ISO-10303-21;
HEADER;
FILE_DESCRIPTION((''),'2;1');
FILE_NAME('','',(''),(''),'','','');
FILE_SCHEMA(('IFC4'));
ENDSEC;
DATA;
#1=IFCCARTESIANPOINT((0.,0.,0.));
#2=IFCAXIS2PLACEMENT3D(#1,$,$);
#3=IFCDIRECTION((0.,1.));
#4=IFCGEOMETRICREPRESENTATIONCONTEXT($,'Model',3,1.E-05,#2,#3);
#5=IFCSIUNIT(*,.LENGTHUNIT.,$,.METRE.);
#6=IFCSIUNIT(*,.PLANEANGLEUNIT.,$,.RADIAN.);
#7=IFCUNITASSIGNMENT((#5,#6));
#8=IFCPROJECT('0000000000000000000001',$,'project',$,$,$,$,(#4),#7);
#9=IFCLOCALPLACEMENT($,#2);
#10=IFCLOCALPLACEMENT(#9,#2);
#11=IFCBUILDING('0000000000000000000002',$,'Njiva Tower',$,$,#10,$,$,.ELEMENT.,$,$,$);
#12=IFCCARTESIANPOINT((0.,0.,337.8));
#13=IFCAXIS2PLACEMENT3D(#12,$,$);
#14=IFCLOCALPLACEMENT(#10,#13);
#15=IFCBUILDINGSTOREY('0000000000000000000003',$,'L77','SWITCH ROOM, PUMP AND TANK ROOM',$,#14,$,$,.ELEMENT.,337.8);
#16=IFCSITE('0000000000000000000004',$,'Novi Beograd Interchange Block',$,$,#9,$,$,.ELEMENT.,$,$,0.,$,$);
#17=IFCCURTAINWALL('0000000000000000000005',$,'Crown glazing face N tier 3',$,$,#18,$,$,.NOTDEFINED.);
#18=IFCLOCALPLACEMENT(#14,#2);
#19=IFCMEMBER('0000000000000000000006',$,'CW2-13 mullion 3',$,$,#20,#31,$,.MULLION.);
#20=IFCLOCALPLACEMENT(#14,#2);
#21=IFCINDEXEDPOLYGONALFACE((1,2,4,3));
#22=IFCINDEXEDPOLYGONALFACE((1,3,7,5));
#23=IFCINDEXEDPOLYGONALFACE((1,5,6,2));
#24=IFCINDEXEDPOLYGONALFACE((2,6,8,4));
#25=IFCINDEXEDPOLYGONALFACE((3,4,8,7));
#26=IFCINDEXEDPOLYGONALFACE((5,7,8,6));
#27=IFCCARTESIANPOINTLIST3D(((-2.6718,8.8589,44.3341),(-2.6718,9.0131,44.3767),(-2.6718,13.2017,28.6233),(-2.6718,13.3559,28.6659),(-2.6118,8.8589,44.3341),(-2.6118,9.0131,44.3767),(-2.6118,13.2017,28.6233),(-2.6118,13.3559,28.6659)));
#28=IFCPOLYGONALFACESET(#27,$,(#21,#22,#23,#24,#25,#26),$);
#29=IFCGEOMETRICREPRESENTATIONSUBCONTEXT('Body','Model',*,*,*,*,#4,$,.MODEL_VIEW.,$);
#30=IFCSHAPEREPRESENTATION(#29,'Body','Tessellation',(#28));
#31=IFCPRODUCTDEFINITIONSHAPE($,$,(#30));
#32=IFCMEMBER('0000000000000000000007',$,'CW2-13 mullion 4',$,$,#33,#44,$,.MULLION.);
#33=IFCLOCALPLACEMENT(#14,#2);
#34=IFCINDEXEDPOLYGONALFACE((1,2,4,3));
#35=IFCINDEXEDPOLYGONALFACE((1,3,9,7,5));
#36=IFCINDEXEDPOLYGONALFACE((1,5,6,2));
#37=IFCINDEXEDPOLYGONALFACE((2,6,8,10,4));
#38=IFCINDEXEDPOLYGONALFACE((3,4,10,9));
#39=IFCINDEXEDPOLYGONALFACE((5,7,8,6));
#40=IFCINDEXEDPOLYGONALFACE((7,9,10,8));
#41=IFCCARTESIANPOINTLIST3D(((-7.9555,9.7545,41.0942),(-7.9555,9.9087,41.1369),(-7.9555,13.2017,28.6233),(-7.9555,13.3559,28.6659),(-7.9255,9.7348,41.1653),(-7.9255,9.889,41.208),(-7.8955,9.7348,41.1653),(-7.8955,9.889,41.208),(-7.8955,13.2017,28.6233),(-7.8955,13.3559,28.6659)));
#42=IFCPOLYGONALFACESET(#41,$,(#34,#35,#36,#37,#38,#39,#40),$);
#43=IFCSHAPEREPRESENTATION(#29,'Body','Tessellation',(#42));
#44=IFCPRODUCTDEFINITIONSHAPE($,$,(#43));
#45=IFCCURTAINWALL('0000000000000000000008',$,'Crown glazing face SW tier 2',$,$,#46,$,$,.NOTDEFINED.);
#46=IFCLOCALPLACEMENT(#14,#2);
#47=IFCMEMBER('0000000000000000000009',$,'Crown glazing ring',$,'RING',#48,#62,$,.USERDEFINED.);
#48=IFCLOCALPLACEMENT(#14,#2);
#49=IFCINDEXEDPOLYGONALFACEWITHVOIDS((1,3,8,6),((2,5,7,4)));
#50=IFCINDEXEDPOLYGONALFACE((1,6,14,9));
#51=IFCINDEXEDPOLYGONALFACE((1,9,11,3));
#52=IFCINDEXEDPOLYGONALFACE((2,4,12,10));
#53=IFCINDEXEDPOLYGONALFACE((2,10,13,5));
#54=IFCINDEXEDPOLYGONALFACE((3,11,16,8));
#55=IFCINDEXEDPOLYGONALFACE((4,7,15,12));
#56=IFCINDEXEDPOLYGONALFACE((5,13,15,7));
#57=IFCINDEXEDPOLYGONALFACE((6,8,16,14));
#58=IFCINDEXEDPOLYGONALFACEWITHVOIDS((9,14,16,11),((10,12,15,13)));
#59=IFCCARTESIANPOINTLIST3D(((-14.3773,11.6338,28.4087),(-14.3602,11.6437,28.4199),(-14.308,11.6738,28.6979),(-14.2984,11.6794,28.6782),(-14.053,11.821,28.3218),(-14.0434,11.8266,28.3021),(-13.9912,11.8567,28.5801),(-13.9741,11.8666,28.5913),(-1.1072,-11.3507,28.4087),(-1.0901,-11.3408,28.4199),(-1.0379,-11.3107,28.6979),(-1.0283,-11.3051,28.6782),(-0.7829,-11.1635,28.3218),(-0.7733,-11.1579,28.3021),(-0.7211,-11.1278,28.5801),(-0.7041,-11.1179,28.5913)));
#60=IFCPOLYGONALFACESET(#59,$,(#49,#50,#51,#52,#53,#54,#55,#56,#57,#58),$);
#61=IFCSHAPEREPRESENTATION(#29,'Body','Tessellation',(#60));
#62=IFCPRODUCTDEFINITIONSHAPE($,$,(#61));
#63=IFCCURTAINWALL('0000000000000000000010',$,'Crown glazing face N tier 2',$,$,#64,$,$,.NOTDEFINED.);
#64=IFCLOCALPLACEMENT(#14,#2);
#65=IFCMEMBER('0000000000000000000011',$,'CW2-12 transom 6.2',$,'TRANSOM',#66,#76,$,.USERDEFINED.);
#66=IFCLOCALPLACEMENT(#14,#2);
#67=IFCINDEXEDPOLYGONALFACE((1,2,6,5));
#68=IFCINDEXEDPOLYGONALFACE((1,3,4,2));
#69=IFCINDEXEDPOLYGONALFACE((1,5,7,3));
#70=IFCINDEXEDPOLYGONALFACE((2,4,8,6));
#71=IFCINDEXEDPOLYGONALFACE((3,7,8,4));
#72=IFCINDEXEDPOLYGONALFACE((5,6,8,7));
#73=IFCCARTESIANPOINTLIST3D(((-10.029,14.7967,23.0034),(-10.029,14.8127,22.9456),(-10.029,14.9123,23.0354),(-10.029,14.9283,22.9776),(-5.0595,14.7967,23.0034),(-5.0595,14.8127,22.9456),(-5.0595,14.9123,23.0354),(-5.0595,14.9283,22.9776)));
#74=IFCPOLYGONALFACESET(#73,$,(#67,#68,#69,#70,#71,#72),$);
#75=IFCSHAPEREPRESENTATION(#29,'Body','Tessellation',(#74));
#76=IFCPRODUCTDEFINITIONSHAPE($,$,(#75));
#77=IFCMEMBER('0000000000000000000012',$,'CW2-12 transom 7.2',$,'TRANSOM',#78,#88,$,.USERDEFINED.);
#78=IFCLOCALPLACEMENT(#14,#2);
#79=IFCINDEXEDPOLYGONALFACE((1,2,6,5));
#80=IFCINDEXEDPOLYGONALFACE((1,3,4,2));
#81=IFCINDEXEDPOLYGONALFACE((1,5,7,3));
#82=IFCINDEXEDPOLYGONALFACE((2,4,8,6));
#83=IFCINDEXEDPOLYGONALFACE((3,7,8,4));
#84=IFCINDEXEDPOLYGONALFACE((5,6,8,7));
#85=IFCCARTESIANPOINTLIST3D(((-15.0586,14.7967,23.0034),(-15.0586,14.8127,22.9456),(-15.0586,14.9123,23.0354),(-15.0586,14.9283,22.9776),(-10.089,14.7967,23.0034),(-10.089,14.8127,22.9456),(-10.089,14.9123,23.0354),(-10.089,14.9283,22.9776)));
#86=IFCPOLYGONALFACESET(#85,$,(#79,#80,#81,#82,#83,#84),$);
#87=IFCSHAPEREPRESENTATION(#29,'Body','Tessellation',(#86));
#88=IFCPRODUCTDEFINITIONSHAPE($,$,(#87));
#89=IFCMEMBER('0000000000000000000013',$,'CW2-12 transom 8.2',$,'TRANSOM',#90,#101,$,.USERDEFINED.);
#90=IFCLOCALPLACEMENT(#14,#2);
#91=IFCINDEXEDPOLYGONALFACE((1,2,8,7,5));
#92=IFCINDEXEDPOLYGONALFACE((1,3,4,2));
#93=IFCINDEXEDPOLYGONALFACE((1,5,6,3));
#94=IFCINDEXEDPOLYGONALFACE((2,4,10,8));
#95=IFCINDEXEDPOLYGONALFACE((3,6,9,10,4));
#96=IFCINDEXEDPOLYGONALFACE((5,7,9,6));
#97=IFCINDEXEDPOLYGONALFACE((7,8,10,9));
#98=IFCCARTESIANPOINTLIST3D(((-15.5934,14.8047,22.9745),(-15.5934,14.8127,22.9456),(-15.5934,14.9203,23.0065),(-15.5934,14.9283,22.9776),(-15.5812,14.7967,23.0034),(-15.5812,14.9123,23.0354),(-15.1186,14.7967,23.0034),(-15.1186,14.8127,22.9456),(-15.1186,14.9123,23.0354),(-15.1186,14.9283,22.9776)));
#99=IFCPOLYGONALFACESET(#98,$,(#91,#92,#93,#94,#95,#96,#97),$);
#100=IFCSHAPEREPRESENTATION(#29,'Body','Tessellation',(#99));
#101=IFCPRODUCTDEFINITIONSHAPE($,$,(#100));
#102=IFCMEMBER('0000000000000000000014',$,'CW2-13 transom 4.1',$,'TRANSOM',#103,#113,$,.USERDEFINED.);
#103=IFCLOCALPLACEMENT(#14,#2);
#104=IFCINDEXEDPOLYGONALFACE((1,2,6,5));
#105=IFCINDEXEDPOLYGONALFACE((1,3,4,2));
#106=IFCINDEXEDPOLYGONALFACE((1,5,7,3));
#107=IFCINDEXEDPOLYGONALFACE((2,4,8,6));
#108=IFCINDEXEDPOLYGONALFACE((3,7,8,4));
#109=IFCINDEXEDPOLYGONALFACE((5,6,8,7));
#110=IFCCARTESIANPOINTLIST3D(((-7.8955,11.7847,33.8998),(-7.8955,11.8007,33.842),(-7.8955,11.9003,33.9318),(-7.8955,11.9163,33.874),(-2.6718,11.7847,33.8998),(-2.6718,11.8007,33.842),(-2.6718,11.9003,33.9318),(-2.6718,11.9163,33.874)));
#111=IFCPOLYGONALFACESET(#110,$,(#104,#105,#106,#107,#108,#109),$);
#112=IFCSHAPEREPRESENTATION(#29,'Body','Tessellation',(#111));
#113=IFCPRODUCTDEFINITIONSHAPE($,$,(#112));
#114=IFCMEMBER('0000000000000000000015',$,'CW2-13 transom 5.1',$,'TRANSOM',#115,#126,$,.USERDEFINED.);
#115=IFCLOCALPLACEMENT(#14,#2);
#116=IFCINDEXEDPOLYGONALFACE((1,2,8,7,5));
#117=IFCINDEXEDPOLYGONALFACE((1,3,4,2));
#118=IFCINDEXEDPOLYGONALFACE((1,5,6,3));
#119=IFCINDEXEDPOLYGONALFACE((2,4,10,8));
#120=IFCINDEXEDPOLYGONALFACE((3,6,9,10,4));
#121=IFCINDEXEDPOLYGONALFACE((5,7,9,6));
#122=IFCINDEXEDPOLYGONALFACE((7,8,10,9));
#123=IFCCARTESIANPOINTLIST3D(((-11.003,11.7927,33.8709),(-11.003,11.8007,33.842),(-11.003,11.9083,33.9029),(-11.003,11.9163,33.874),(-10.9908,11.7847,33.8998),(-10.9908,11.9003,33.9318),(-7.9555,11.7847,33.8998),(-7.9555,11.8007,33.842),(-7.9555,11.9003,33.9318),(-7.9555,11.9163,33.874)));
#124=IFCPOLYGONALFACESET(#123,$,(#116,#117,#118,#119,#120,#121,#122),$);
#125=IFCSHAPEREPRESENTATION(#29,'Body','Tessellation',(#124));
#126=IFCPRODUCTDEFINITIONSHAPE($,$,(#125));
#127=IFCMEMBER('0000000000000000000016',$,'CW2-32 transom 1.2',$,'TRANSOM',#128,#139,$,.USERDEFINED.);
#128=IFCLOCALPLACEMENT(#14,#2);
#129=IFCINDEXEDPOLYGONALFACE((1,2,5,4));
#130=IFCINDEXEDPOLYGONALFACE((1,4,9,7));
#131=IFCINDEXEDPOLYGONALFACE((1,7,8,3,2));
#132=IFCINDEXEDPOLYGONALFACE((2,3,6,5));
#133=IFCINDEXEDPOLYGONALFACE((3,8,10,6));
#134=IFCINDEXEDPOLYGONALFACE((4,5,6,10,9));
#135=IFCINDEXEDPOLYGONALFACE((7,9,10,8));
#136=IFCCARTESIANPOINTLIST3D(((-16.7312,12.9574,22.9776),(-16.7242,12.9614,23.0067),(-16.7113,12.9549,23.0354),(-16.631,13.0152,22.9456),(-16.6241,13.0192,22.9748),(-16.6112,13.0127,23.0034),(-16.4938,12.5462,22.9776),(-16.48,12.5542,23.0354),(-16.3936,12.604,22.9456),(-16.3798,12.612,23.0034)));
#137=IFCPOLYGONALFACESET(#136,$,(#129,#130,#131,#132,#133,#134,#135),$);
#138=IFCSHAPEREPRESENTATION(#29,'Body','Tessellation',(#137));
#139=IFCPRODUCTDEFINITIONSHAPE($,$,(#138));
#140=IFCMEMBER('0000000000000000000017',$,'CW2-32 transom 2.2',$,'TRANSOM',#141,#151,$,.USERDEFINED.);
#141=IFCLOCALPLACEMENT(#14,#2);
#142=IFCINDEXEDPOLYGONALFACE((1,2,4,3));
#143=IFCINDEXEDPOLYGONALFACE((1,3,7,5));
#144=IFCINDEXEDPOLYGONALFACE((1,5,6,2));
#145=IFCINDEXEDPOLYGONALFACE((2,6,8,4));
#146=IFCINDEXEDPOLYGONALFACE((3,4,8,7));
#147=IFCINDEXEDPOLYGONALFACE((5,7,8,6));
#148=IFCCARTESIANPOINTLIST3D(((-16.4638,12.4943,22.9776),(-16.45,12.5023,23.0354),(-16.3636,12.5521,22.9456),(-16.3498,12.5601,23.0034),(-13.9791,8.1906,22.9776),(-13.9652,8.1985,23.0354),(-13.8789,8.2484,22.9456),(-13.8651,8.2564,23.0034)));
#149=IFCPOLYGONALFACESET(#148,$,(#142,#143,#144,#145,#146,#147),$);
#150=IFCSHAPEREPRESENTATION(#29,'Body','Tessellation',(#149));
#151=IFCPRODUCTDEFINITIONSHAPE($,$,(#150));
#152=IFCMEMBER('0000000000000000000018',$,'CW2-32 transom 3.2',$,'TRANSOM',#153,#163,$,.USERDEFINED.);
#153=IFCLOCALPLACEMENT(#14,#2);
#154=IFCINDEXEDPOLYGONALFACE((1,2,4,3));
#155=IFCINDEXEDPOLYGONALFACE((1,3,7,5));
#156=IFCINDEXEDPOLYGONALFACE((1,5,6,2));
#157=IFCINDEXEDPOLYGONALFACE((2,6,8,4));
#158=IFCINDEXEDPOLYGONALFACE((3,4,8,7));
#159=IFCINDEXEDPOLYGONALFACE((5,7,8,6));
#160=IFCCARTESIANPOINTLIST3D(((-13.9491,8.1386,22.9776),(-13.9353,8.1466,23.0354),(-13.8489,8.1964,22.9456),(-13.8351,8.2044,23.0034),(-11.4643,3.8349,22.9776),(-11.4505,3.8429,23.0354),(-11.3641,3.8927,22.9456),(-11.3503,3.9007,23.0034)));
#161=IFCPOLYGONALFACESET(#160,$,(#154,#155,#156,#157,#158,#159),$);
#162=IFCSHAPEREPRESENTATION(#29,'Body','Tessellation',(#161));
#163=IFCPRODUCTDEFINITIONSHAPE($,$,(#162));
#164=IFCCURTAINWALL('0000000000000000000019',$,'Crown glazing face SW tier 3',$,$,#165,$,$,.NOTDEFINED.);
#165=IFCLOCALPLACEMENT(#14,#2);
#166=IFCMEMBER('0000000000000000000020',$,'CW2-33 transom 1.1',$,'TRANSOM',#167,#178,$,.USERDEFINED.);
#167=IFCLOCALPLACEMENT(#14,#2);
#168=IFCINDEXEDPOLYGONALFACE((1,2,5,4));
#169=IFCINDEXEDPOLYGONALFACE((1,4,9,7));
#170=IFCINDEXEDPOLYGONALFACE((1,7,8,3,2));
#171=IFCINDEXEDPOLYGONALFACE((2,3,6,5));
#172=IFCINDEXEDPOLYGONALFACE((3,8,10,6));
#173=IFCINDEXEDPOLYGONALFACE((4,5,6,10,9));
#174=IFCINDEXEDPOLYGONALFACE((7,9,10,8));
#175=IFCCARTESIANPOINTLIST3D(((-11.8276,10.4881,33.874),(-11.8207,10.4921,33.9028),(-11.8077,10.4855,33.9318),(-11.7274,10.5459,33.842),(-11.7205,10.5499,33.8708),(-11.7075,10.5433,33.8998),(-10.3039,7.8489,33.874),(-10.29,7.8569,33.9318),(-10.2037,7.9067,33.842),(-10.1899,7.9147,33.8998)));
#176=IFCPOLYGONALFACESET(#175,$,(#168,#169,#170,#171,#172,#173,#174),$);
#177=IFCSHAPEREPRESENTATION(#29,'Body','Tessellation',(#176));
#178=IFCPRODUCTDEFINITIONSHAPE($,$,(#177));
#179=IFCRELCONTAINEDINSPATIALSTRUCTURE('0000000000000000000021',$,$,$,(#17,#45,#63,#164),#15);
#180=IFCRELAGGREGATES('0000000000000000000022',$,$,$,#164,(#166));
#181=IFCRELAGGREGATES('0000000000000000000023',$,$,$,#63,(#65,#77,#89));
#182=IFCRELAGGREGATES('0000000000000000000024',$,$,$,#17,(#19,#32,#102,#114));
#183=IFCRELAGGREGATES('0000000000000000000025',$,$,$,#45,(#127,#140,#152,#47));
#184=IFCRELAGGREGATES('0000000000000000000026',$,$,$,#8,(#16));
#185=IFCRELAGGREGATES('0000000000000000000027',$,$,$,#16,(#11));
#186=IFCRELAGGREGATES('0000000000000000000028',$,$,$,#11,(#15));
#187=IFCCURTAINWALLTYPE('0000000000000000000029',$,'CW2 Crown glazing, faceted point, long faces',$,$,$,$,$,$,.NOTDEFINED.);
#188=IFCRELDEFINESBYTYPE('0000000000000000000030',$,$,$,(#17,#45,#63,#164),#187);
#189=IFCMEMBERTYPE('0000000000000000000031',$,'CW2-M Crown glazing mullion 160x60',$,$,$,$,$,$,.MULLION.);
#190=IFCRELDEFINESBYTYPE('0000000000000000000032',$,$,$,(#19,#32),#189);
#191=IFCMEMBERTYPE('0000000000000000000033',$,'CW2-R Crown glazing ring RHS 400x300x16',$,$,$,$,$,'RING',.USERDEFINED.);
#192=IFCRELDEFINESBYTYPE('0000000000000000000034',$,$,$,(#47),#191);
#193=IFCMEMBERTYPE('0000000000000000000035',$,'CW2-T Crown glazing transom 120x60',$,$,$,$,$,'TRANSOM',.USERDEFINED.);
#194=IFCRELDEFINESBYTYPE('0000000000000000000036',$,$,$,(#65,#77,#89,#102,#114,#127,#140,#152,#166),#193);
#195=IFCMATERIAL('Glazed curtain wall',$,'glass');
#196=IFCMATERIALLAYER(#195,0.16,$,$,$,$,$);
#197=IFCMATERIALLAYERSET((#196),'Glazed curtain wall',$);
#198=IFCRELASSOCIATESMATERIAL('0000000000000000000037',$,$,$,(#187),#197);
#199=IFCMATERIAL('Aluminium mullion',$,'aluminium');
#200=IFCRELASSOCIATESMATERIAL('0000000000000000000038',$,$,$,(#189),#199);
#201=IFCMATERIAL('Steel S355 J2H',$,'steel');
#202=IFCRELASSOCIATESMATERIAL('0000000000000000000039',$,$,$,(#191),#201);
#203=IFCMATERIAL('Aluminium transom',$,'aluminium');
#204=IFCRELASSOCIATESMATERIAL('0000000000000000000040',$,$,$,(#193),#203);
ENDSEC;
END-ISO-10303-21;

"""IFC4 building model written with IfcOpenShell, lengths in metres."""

from ifc_helpers import new_model, si_unit, direction, frame, origin, origin_2d, place, context, subcontext, project, spatial, rectangle, hollow_rectangle, extrude, clip, halfspace, material, layer, layer_set, material_profile, profile_set, type_object, element, aggregate, save


model = new_model("IFC4")

# Units and contexts
model_context = context("Model", 3, precision=1e-05, world=origin(), true_north=direction((0.0, 1.0)))
body_context = subcontext(model_context, "Body", "Model", "MODEL_VIEW")
ifc_project = project(units=[si_unit("LENGTHUNIT", "METRE"), si_unit("PLANEANGLEUNIT", "RADIAN")], contexts=[model_context])

# Site, building, storey
site_placement = place(None, origin())
site = spatial("IfcSite", under=ifc_project, at=site_placement, Name="Novi Beograd Interchange Block", CompositionType="ELEMENT", RefElevation=0.0)
building_placement = place(site_placement, origin())
building = spatial("IfcBuilding", under=site, at=building_placement, Name="Njiva Tower", CompositionType="ELEMENT")
storey_placement = place(building_placement, frame((0.0, 0.0, 337.8)))
storey = spatial("IfcBuildingStorey", under=building, at=storey_placement, Name="L77", Description="SWITCH ROOM, PUMP AND TANK ROOM", CompositionType="ELEMENT", Elevation=337.8)

# Curtain wall, members
ifc_material_1 = material(Name="Glazed curtain wall", Category="glass")
ifc_layer_1 = layer(ifc_material_1, 0.16)
ifc_layer_set_1 = layer_set([ifc_layer_1], Name="Glazed curtain wall")
curtain_wall_type_1 = type_object("IfcCurtainWallType", Name="CW2 Crown glazing, faceted point, long faces", PredefinedType="NOTDEFINED", material=ifc_layer_set_1)
curtain_wall_1_placement = place(storey_placement, origin())
curtain_wall_1 = element("IfcCurtainWall", 1, at=curtain_wall_1_placement, inside=storey, type_object=curtain_wall_type_1, Name="Crown glazing face N tier 3", PredefinedType="NOTDEFINED")
ifc_material_2 = material(Name="Aluminium mullion", Category="aluminium")
ifc_material_profile_1 = material_profile(ifc_material_2, rectangle(XDim=0.16, YDim=0.06, at=origin_2d()), Name="RECT 160x60")
ifc_profile_set_1 = profile_set([ifc_material_profile_1], Name="Aluminium mullion")
member_type_1 = type_object("IfcMemberType", Name="CW2-M Crown glazing mullion 160x60", PredefinedType="MULLION", material=ifc_profile_set_1)
member_1_placement = place(storey_placement, frame((-2.6418, 13.2788, 28.6446), z_axis=(0.0, -0.26643, 0.963854), x_axis=(0.0, 0.963854, 0.26643)))
member_1 = element("IfcMember", 2, at=member_1_placement, type_object=member_type_1, Name="CW2-13 mullion 3", PredefinedType="MULLION", context=body_context, shape_type="Clipping", body=[
    clip(clip(extrude(rectangle(XDim=0.16, YDim=0.06, at=origin_2d()), origin(), (0.0, 0.0, 1.0), 16.3), halfspace(frame((0.08, 0.0, 0.0), z_axis=(-0.000001, 0.0, -1.0), x_axis=(0.0, -1.0, 0.0)), False)), halfspace(frame((0.08, 0.0, 16.3), z_axis=(0.000001, 0.0, 1.0), x_axis=(0.0, 1.0, 0.0)), False)),
])
member_2_placement = place(storey_placement, frame((-7.9255, 13.2788, 28.6446), z_axis=(0.0, -0.26643, 0.963854), x_axis=(0.0, 0.963854, 0.26643)))
member_2 = element("IfcMember", 3, at=member_2_placement, type_object=member_type_1, Name="CW2-13 mullion 4", PredefinedType="MULLION", context=body_context, shape_type="Clipping", body=[
    clip(clip(extrude(rectangle(XDim=0.16, YDim=0.06, at=origin_2d()), origin(), (0.0, 0.0, 1.0), 13.0124), halfspace(frame((0.08, 0.0, 0.0), z_axis=(-0.000001, 0.0, -1.0), x_axis=(0.0, -1.0, 0.0)), False)), halfspace(frame((0.08, 0.0, 13.0125), z_axis=(0.0, 0.926532, 0.376215), x_axis=(0.0, 0.376215, -0.926532)), False)),
])

# Curtain wall, member
curtain_wall_2_placement = place(storey_placement, origin())
curtain_wall_2 = element("IfcCurtainWall", 4, at=curtain_wall_2_placement, inside=storey, type_object=curtain_wall_type_1, Name="Crown glazing face SW tier 2", PredefinedType="NOTDEFINED")
ifc_material_3 = material(Name="Steel S355 J2H", Category="steel")
ifc_material_profile_2 = material_profile(ifc_material_3, hollow_rectangle(XDim=0.3, YDim=0.4, WallThickness=0.016, at=origin_2d()), Name="BOX 400x300x16")
ifc_profile_set_2 = profile_set([ifc_material_profile_2], Name="Steel S355 J2H")
member_type_2 = type_object("IfcMemberType", Name="CW2-R Crown glazing ring RHS 400x300x16", ElementType="RING", PredefinedType="USERDEFINED", material=ifc_profile_set_2)
member_3_placement = place(storey_placement, frame((-14.1757, 11.7502, 28.5), z_axis=(0.5, -0.866026, 0.0), x_axis=(0.230734, 0.133214, 0.963855)))
member_3 = element("IfcMember", 5, at=member_3_placement, type_object=member_type_2, Name="Crown glazing ring", ObjectType="RING", PredefinedType="USERDEFINED", context=body_context, shape_type="SweptSolid", body=[
    extrude(hollow_rectangle(XDim=0.3, YDim=0.4, WallThickness=0.016, at=origin_2d()), origin(), (0.0, 0.0, 1.0), 26.5402),
])

# Curtain wall, members
curtain_wall_3_placement = place(storey_placement, origin())
curtain_wall_3 = element("IfcCurtainWall", 6, at=curtain_wall_3_placement, inside=storey, type_object=curtain_wall_type_1, Name="Crown glazing face N tier 2", PredefinedType="NOTDEFINED")
ifc_material_4 = material(Name="Aluminium transom", Category="aluminium")
ifc_material_profile_3 = material_profile(ifc_material_4, rectangle(XDim=0.12, YDim=0.06, at=origin_2d()), Name="RECT 120x60")
ifc_profile_set_3 = profile_set([ifc_material_profile_3], Name="Aluminium transom")
member_type_3 = type_object("IfcMemberType", Name="CW2-T Crown glazing transom 120x60", ElementType="TRANSOM", PredefinedType="USERDEFINED", material=ifc_profile_set_3)
member_4_placement = place(storey_placement, frame((-5.0595, 14.8625, 22.9905), z_axis=(-1.0, 0.0, 0.0), x_axis=(0.0, 0.963855, 0.266428)))
member_4 = element("IfcMember", 7, at=member_4_placement, type_object=member_type_3, Name="CW2-12 transom 6.2", ObjectType="TRANSOM", PredefinedType="USERDEFINED", context=body_context, shape_type="SweptSolid", body=[
    extrude(rectangle(XDim=0.12, YDim=0.06, at=origin_2d()), origin(), (0.0, 0.0, 1.0), 4.9695),
])
member_5_placement = place(storey_placement, frame((-10.089, 14.8625, 22.9905), z_axis=(-1.0, 0.0, 0.0), x_axis=(0.0, 0.963855, 0.266428)))
member_5 = element("IfcMember", 8, at=member_5_placement, type_object=member_type_3, Name="CW2-12 transom 7.2", ObjectType="TRANSOM", PredefinedType="USERDEFINED", context=body_context, shape_type="SweptSolid", body=[
    extrude(rectangle(XDim=0.12, YDim=0.06, at=origin_2d()), origin(), (0.0, 0.0, 1.0), 4.9696),
])
member_6_placement = place(storey_placement, frame((-15.1186, 14.8625, 22.9905), z_axis=(-1.0, 0.0, 0.0), x_axis=(0.0, 0.963855, 0.266428)))
member_6 = element("IfcMember", 9, at=member_6_placement, type_object=member_type_3, Name="CW2-12 transom 8.2", ObjectType="TRANSOM", PredefinedType="USERDEFINED", context=body_context, shape_type="Clipping", body=[
    clip(extrude(rectangle(XDim=0.12, YDim=0.06, at=origin_2d()), origin(), (0.0, 0.0, 1.0), 0.4748), halfspace(frame((0.06, 0.0, 0.4748), z_axis=(0.0, -0.376215, 0.926532), x_axis=(0.0, 0.926532, 0.376215)), False)),
])

# Members
member_7_placement = place(storey_placement, frame((-2.6718, 11.8505, 33.8869), z_axis=(-1.0, 0.0, 0.0), x_axis=(0.0, 0.963855, 0.266428)))
member_7 = element("IfcMember", 10, at=member_7_placement, type_object=member_type_3, Name="CW2-13 transom 4.1", ObjectType="TRANSOM", PredefinedType="USERDEFINED", context=body_context, shape_type="SweptSolid", body=[
    extrude(rectangle(XDim=0.12, YDim=0.06, at=origin_2d()), origin(), (0.0, 0.0, 1.0), 5.2237),
])
member_8_placement = place(storey_placement, frame((-7.9555, 11.8505, 33.8869), z_axis=(-1.0, 0.0, 0.0), x_axis=(0.0, 0.963855, 0.266428)))
member_8 = element("IfcMember", 11, at=member_8_placement, type_object=member_type_3, Name="CW2-13 transom 5.1", ObjectType="TRANSOM", PredefinedType="USERDEFINED", context=body_context, shape_type="Clipping", body=[
    clip(extrude(rectangle(XDim=0.12, YDim=0.06, at=origin_2d()), origin(), (0.0, 0.0, 1.0), 3.0475), halfspace(frame((0.06, 0.0, 3.0475), z_axis=(0.0, -0.376215, 0.926532), x_axis=(0.0, 0.926532, 0.376215)), False)),
])
member_9_placement = place(storey_placement, frame((-16.6742, 12.9903, 22.9905), z_axis=(0.49999, -0.866031, 0.0), x_axis=(-0.834728, -0.481918, 0.266428)))
member_9 = element("IfcMember", 12, at=member_9_placement, type_object=member_type_3, Name="CW2-32 transom 1.2", ObjectType="TRANSOM", PredefinedType="USERDEFINED", context=body_context, shape_type="Clipping", body=[
    clip(extrude(rectangle(XDim=0.12, YDim=0.06, at=origin_2d()), origin(), (0.0, 0.0, 1.0), 0.4748), halfspace(frame((0.06, 0.0, -0.0001), z_axis=(0.00001, -0.376212, -0.926534), x_axis=(0.0, -0.926534, 0.376212)), False)),
])
member_10_placement = place(storey_placement, frame((-16.4068, 12.5272, 22.9905), z_axis=(0.499994, -0.866029, 0.0), x_axis=(-0.834726, -0.481921, 0.266428)))
member_10 = element("IfcMember", 13, at=member_10_placement, type_object=member_type_3, Name="CW2-32 transom 2.2", ObjectType="TRANSOM", PredefinedType="USERDEFINED", context=body_context, shape_type="SweptSolid", body=[
    extrude(rectangle(XDim=0.12, YDim=0.06, at=origin_2d()), origin(), (0.0, 0.0, 1.0), 4.9695),
])
member_11_placement = place(storey_placement, frame((-13.8921, 8.1715, 22.9905), z_axis=(0.500009, -0.86602, 0.0), x_axis=(-0.834718, -0.481936, 0.266428)))
member_11 = element("IfcMember", 14, at=member_11_placement, type_object=member_type_3, Name="CW2-32 transom 3.2", ObjectType="TRANSOM", PredefinedType="USERDEFINED", context=body_context, shape_type="SweptSolid", body=[
    extrude(rectangle(XDim=0.12, YDim=0.06, at=origin_2d()), origin(), (0.0, 0.0, 1.0), 4.9695),
])

# Curtain wall, member
curtain_wall_4_placement = place(storey_placement, origin())
curtain_wall_4 = element("IfcCurtainWall", 15, at=curtain_wall_4_placement, inside=storey, type_object=curtain_wall_type_1, Name="Crown glazing face SW tier 3", PredefinedType="NOTDEFINED")
member_12_placement = place(storey_placement, frame((-11.7706, 10.521, 33.8869), z_axis=(0.499989, -0.866031, 0.0), x_axis=(-0.834729, -0.481917, 0.266428)))
member_12 = element("IfcMember", 16, at=member_12_placement, type_object=member_type_3, Name="CW2-33 transom 1.1", ObjectType="TRANSOM", PredefinedType="USERDEFINED", context=body_context, shape_type="Clipping", body=[
    clip(extrude(rectangle(XDim=0.12, YDim=0.06, at=origin_2d()), origin(), (0.0, 0.0, 1.0), 3.0475), halfspace(frame((0.06, 0.0001, 0.0), z_axis=(0.000011, -0.376212, -0.926534), x_axis=(0.0, -0.926534, 0.376212)), False)),
])
aggregate(curtain_wall_4, [member_12])

aggregate(curtain_wall_3, [member_4, member_5, member_6])
aggregate(curtain_wall_1, [member_1, member_2, member_7, member_8])
aggregate(curtain_wall_2, [member_9, member_10, member_11, member_3])

save(model, "model.ifc")
